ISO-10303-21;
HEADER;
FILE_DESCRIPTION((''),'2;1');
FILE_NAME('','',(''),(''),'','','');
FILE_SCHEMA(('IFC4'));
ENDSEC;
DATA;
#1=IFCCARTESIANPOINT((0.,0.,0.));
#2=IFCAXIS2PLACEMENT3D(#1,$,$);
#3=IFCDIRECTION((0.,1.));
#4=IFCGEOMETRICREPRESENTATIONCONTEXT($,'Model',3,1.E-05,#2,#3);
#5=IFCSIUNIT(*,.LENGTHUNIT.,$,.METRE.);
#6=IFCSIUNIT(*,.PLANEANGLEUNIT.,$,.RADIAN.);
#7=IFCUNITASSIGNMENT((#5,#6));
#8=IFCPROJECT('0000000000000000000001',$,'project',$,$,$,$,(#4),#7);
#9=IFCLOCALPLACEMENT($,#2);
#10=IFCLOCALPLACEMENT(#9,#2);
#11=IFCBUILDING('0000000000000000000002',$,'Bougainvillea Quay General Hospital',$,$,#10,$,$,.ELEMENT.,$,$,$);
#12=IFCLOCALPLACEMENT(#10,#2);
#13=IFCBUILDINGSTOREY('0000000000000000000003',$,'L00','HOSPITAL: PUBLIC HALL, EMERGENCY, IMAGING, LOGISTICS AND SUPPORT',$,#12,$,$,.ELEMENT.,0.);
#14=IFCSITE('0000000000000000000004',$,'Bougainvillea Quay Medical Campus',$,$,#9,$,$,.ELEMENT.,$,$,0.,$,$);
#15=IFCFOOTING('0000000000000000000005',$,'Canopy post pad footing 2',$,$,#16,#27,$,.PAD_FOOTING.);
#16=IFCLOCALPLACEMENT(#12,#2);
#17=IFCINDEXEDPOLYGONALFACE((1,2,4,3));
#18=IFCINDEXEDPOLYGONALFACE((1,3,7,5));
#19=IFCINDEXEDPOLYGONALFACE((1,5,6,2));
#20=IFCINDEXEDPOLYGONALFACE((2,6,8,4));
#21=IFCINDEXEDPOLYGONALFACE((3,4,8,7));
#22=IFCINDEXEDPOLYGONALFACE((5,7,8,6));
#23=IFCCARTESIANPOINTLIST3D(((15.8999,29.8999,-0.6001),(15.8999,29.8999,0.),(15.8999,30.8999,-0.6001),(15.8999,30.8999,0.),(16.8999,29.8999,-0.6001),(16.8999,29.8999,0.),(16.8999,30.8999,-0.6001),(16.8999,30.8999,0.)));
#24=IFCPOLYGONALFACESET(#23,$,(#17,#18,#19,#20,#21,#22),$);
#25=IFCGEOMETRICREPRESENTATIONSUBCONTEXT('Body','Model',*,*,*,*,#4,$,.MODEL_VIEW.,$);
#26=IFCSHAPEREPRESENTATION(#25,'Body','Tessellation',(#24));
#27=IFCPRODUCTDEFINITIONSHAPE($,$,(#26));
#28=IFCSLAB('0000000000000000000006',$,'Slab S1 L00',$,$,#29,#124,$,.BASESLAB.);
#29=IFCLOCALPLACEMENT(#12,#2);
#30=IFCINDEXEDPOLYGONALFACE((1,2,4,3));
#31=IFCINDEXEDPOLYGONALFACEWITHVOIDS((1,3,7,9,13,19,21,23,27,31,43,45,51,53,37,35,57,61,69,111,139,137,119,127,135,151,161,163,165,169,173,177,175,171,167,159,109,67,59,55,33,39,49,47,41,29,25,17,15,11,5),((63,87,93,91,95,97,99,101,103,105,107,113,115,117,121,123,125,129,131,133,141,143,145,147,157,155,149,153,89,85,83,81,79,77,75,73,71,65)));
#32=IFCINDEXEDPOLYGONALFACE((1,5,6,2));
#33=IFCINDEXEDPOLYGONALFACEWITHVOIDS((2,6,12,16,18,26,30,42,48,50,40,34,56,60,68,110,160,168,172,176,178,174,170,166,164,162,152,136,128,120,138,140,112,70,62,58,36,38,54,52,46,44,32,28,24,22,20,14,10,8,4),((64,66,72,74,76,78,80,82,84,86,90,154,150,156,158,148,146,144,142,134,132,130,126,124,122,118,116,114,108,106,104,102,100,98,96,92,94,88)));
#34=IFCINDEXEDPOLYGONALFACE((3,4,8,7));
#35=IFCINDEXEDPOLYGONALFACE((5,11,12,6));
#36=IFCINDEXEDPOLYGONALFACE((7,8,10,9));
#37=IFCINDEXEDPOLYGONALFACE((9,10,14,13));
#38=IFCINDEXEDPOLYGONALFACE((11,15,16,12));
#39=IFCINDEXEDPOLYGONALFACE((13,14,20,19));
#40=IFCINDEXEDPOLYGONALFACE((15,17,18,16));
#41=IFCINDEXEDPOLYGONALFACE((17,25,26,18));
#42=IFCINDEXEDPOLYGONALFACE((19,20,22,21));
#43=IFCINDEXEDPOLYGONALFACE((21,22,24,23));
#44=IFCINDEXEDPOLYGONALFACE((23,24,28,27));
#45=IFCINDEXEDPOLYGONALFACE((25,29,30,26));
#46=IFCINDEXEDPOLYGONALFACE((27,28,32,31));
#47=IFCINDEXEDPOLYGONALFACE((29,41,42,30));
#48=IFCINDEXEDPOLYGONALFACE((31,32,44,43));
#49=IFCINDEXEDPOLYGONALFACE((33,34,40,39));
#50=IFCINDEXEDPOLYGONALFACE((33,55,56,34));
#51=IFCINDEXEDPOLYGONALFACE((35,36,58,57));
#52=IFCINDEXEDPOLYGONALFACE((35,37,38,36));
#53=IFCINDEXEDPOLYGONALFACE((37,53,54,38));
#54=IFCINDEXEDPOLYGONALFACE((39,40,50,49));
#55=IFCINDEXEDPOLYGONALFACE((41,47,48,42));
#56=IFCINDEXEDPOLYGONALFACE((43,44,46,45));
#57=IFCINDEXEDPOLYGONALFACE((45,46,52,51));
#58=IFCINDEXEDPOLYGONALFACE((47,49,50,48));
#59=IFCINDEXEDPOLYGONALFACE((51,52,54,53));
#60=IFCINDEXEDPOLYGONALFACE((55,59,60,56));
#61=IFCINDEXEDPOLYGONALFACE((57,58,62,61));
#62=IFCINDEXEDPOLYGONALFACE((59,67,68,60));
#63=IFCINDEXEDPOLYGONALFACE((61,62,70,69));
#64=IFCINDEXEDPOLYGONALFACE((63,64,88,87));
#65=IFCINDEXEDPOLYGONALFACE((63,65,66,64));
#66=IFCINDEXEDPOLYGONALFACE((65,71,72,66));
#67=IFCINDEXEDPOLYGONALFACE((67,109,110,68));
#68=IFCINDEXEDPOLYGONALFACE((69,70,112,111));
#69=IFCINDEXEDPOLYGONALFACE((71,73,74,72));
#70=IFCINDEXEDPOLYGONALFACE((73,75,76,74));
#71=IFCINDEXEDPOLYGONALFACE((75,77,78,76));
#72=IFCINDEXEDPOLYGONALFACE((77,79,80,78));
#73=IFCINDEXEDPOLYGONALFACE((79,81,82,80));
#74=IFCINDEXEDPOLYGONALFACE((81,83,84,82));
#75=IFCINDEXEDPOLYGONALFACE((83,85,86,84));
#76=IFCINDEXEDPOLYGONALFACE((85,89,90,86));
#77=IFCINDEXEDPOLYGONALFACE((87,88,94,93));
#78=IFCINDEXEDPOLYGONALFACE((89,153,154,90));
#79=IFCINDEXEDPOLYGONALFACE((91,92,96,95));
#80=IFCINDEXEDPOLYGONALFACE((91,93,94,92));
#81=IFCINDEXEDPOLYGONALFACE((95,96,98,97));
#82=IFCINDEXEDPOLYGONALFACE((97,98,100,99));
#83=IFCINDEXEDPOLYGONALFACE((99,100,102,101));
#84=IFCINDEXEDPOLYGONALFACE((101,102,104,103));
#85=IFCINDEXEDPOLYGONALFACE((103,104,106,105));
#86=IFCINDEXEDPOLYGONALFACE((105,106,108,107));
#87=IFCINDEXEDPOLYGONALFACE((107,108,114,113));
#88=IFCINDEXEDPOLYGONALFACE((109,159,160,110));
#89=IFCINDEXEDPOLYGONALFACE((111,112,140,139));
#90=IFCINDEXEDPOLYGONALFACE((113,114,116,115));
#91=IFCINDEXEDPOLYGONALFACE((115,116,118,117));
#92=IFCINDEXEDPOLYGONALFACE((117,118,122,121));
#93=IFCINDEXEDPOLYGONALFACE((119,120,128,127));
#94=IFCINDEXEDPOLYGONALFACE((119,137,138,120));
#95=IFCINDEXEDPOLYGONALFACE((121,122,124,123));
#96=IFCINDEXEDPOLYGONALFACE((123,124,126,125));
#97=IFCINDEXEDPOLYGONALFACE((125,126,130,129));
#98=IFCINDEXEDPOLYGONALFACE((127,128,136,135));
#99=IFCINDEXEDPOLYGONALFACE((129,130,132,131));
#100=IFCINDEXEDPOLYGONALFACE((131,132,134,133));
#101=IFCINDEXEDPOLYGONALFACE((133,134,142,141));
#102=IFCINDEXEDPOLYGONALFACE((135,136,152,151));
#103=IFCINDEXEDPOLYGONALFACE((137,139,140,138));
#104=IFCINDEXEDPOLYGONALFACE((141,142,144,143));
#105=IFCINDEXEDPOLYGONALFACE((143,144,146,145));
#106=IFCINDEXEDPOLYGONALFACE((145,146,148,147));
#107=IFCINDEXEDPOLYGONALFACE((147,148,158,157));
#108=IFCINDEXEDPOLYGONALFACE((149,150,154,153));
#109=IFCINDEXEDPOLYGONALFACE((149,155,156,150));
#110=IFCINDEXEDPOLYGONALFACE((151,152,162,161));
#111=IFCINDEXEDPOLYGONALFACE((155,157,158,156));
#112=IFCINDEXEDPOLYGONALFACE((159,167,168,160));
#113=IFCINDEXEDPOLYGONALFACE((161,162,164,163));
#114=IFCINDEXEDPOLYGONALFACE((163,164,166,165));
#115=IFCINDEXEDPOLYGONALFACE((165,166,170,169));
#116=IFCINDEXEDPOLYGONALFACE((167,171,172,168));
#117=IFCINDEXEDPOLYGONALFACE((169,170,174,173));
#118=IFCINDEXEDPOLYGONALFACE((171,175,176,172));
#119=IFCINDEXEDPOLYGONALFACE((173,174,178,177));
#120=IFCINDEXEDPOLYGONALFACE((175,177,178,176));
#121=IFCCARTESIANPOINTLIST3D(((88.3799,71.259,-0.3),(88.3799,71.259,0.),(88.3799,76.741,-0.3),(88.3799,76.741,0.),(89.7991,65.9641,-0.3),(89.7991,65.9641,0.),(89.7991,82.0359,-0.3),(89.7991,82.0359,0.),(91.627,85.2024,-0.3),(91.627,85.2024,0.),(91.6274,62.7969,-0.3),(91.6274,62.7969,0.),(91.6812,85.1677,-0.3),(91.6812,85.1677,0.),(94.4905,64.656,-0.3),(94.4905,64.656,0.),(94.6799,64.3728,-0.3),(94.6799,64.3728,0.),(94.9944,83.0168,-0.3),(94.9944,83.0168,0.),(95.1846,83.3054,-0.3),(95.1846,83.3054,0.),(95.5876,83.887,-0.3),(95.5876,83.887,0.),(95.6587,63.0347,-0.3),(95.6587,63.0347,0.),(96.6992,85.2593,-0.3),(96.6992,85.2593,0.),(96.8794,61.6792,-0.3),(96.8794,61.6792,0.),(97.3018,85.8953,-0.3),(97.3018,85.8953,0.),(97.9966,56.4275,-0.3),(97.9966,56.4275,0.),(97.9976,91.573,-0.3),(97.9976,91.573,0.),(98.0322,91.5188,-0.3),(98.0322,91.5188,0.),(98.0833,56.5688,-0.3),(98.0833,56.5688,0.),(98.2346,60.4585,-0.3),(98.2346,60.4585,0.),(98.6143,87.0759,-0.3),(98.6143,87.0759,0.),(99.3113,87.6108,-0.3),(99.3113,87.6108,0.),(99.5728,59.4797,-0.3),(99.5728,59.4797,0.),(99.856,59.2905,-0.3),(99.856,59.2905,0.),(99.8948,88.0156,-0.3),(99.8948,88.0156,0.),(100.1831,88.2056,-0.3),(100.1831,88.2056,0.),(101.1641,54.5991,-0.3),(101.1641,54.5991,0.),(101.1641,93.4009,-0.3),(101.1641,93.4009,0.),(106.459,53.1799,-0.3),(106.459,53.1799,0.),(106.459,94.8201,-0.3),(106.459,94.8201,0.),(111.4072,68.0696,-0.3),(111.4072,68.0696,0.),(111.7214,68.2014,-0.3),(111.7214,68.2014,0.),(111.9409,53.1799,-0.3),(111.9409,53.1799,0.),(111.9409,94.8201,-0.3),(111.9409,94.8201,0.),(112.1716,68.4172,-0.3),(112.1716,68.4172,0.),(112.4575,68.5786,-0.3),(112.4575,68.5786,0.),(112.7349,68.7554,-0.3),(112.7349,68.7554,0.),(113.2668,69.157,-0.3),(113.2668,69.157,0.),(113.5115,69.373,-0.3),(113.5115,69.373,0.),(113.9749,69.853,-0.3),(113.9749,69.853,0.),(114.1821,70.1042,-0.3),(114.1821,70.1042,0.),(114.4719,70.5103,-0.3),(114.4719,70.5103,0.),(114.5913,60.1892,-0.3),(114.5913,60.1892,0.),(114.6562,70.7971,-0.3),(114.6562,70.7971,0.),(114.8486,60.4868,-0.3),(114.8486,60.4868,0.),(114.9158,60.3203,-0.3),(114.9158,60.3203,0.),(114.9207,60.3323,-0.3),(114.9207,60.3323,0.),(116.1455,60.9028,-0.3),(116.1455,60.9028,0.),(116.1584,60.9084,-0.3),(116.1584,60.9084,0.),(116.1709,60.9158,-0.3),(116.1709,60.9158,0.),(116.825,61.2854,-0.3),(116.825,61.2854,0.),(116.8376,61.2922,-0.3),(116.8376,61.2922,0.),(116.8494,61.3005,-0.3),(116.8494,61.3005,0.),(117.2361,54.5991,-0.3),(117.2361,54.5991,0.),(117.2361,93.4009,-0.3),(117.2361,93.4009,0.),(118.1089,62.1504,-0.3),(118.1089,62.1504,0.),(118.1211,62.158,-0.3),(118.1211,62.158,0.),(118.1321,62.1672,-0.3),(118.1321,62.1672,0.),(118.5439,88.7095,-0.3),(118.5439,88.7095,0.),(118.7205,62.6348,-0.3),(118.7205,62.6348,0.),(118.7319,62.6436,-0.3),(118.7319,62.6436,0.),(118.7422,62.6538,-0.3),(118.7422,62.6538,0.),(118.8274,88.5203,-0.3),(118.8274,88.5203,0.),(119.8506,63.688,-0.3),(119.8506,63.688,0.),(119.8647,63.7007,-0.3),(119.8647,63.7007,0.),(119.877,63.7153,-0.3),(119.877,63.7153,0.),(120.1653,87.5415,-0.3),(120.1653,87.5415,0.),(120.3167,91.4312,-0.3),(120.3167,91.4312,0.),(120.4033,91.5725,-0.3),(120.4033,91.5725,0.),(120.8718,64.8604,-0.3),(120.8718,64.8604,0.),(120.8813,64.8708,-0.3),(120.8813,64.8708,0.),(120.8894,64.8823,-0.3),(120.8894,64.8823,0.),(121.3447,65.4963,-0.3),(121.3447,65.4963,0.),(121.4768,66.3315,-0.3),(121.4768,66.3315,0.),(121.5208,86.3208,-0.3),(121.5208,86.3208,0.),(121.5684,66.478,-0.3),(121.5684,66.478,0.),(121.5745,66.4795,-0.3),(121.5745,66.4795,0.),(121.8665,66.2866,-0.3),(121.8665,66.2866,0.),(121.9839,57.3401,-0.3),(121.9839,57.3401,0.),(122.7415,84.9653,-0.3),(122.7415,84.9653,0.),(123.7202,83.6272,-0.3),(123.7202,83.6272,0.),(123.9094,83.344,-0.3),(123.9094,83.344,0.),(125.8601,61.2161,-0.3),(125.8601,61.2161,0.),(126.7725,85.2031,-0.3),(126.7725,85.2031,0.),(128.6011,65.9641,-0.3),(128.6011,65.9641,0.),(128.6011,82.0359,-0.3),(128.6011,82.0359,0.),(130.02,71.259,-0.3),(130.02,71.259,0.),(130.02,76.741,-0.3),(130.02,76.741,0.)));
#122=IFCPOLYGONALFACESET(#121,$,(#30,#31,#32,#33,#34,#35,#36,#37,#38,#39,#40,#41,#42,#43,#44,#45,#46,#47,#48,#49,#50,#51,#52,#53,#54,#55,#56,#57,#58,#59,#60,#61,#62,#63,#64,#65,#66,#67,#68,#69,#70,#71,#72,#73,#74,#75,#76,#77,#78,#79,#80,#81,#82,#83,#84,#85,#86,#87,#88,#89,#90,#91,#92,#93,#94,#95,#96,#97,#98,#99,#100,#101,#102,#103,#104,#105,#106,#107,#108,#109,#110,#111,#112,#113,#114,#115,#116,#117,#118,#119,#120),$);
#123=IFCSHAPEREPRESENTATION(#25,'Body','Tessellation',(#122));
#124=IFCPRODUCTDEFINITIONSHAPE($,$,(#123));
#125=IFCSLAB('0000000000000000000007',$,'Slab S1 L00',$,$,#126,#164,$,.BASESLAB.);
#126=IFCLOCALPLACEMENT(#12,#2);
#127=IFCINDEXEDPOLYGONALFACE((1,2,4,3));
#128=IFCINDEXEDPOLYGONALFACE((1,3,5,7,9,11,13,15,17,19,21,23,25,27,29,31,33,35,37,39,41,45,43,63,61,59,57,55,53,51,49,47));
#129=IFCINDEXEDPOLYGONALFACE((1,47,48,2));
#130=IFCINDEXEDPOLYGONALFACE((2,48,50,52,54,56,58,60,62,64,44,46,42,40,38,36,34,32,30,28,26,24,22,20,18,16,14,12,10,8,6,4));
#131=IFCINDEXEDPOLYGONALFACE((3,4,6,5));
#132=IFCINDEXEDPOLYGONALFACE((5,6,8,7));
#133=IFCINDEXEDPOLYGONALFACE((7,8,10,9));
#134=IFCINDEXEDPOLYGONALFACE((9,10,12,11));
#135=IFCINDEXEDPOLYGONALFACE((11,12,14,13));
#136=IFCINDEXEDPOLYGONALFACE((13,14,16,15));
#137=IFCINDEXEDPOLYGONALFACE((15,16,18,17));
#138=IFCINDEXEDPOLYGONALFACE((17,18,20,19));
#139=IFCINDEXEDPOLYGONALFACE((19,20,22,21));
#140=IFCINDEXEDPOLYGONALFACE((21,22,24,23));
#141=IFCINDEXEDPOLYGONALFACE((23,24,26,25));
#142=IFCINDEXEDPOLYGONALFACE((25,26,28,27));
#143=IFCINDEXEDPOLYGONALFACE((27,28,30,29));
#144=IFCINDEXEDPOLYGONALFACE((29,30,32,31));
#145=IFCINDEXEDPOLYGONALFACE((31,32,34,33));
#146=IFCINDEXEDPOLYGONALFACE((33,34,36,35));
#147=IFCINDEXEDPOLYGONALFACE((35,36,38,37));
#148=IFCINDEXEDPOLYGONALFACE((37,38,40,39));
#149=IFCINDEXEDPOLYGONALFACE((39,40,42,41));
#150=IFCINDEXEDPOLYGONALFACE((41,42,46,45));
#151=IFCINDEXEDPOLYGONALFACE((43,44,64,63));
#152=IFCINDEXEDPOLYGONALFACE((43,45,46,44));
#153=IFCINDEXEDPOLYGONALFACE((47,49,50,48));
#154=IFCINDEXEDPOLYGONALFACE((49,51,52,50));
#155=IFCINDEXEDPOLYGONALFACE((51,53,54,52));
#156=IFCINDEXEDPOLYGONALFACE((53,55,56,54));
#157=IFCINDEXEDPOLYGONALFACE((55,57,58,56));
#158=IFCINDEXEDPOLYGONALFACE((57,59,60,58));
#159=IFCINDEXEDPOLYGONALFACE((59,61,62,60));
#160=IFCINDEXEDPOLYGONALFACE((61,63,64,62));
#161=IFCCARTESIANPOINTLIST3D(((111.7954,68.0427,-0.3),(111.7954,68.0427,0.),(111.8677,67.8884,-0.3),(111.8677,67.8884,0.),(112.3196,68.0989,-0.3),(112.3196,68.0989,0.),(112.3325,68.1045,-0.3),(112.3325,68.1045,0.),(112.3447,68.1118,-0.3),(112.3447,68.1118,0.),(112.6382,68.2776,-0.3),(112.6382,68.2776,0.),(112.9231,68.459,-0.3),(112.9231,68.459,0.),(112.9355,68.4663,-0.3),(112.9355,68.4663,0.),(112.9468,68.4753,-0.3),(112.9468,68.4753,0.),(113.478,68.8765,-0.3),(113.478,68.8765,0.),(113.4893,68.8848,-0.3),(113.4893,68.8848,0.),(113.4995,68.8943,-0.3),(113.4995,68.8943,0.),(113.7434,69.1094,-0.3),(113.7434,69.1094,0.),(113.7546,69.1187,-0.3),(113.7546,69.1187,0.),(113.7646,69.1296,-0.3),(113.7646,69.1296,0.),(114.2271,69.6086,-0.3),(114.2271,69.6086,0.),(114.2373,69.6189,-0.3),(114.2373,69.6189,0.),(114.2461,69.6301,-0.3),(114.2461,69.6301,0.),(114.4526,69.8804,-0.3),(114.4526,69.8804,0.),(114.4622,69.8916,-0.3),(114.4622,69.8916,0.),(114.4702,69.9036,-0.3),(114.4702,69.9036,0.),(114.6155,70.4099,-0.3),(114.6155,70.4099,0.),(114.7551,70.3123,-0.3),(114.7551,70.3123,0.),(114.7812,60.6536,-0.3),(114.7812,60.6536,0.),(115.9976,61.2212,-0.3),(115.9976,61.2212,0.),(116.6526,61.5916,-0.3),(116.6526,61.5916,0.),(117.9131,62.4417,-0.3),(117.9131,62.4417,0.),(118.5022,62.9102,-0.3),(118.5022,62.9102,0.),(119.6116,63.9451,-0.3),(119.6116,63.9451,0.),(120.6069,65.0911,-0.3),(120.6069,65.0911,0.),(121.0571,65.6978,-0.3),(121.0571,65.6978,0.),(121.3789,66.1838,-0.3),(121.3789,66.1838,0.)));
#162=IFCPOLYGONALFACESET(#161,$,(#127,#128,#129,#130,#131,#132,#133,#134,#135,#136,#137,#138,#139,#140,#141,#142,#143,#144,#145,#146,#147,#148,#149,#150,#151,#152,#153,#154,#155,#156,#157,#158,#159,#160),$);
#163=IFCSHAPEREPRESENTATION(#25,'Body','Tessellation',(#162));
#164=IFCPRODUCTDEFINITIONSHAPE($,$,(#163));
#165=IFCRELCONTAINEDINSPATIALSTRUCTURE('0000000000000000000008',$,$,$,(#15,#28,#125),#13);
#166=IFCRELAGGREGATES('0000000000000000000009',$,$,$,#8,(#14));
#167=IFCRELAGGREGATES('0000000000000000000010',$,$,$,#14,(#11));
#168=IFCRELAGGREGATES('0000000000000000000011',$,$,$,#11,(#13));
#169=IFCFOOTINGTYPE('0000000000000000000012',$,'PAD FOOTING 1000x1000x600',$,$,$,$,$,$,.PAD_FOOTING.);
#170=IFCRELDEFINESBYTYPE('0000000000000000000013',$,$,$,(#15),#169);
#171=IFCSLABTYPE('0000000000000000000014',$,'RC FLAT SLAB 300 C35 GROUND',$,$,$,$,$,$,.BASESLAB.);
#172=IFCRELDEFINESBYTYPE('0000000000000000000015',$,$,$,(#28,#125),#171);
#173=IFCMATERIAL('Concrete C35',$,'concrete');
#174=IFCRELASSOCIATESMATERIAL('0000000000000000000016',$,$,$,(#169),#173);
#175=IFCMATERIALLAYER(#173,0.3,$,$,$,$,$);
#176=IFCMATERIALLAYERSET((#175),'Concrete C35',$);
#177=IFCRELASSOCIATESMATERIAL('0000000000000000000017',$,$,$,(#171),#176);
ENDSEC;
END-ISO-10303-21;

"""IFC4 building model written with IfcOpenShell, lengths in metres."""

from ifc_helpers import new_model, si_unit, direction, frame, origin, place, context, subcontext, project, spatial, polyline, outline, extrude, material, layer, layer_set, type_object, element, save


model = new_model("IFC4")

# Units and contexts
model_context = context("Model", 3, precision=1e-05, world=origin(), true_north=direction((0.0, 1.0)))
body_context = subcontext(model_context, "Body", "Model", "MODEL_VIEW")
ifc_project = project(units=[si_unit("LENGTHUNIT", "METRE"), si_unit("PLANEANGLEUNIT", "RADIAN")], contexts=[model_context])

# Site, building, storey
site_placement = place(None, origin())
site = spatial("IfcSite", under=ifc_project, at=site_placement, Name="Bougainvillea Quay Medical Campus", CompositionType="ELEMENT", RefElevation=0.0)
building_placement = place(site_placement, origin())
building = spatial("IfcBuilding", under=site, at=building_placement, Name="Bougainvillea Quay General Hospital", CompositionType="ELEMENT")
storey_placement = place(building_placement, origin())
storey = spatial("IfcBuildingStorey", under=building, at=storey_placement, Name="L00", Description="HOSPITAL: PUBLIC HALL, EMERGENCY, IMAGING, LOGISTICS AND SUPPORT", CompositionType="ELEMENT", Elevation=0.0)

# Footing
ifc_material = material(Name="Concrete C35", Category="concrete")
footing_type = type_object("IfcFootingType", Name="PAD FOOTING 1000x1000x600", PredefinedType="PAD_FOOTING", material=ifc_material)
footing_placement = place(storey_placement, frame((0.0, 0.0, -0.6001)))
element("IfcFooting", 1, at=footing_placement, inside=storey, type_object=footing_type, Name="Canopy post pad footing 2", PredefinedType="PAD_FOOTING", context=body_context, shape_type="SweptSolid", body=[
    extrude(outline(polyline([(15.8999, 29.8999), (16.8999, 29.8999), (16.8999, 30.8999), (15.8999, 30.8999), (15.8999, 29.8999)])), origin(), (0.0, 0.0, 1.0), 0.6001),
])

# Slabs
ifc_layer = layer(ifc_material, 0.3)
ifc_layer_set = layer_set([ifc_layer], Name="Concrete C35")
slab_type = type_object("IfcSlabType", Name="RC FLAT SLAB 300 C35 GROUND", PredefinedType="BASESLAB", material=ifc_layer_set)
slab_1_placement = place(storey_placement, frame((0.0, 0.0, -0.3)))
element("IfcSlab", 2, at=slab_1_placement, inside=storey, type_object=slab_type, Name="Slab S1 L00", PredefinedType="BASESLAB", context=body_context, shape_type="SweptSolid", body=[
    extrude(outline(polyline([(128.6011, 65.9641), (130.02, 71.259), (130.02, 76.741), (128.6011, 82.0359), (126.7725, 85.2031), (123.9094, 83.344), (123.7202, 83.6272), (122.7415, 84.9653), (121.5208, 86.3208), (120.1653, 87.5415), (118.8274, 88.5203), (118.5439, 88.7095), (120.3167, 91.4312), (120.4033, 91.5725), (117.2361, 93.4009), (111.9409, 94.8201), (106.459, 94.8201), (101.1641, 93.4009), (97.9976, 91.573), (98.0322, 91.5188), (100.1831, 88.2056), (99.8948, 88.0156), (99.3113, 87.6108), (98.6143, 87.0759), (97.3018, 85.8953), (96.6992, 85.2593), (95.5876, 83.887), (95.1846, 83.3054), (94.9944, 83.0168), (91.6812, 85.1677), (91.627, 85.2024), (89.7991, 82.0359), (88.3799, 76.741), (88.3799, 71.259), (89.7991, 65.9641), (91.6274, 62.7969), (94.4905, 64.656), (94.6799, 64.3728), (95.6587, 63.0347), (96.8794, 61.6792), (98.2346, 60.4585), (99.5728, 59.4797), (99.856, 59.2905), (98.0833, 56.5688), (97.9966, 56.4275), (101.1641, 54.5991), (106.459, 53.1799), (111.9409, 53.1799), (117.2361, 54.5991), (121.9839, 57.3401), (125.8601, 61.2161), (128.6011, 65.9641)]), holes=[polyline([(112.1716, 68.4172), (112.4575, 68.5786), (112.7349, 68.7554), (113.2668, 69.157), (113.5115, 69.373), (113.9749, 69.853), (114.1821, 70.1042), (114.4719, 70.5103), (114.6562, 70.7971), (121.5684, 66.478), (121.4768, 66.3315), (121.5745, 66.4795), (121.8665, 66.2866), (121.3447, 65.4963), (120.8894, 64.8823), (120.8813, 64.8708), (120.8718, 64.8604), (119.877, 63.7153), (119.8647, 63.7007), (119.8506, 63.688), (118.7422, 62.6538), (118.7319, 62.6436), (118.7205, 62.6348), (118.1321, 62.1672), (118.1211, 62.158), (118.1089, 62.1504), (116.8494, 61.3005), (116.8376, 61.2922), (116.825, 61.2854), (116.1709, 60.9158), (116.1584, 60.9084), (116.1455, 60.9028), (114.9207, 60.3323), (114.8486, 60.4868), (114.9158, 60.3203), (114.5913, 60.1892), (111.4072, 68.0696), (111.7214, 68.2014), (112.1716, 68.4172)])]), origin(), (0.0, 0.0, 1.0), 0.3),
])
slab_2_placement = place(storey_placement, frame((0.0, 0.0, -0.3)))
element("IfcSlab", 3, at=slab_2_placement, inside=storey, type_object=slab_type, Name="Slab S1 L00", PredefinedType="BASESLAB", context=body_context, shape_type="SweptSolid", body=[
    extrude(outline(polyline([(112.6382, 68.2776), (112.3447, 68.1118), (112.3325, 68.1045), (112.3196, 68.0989), (111.8677, 67.8884), (111.7954, 68.0427), (114.7812, 60.6536), (115.9976, 61.2212), (116.6526, 61.5916), (117.9131, 62.4417), (118.5022, 62.9102), (119.6116, 63.9451), (120.6069, 65.0911), (121.0571, 65.6978), (121.3789, 66.1838), (114.6155, 70.4099), (114.7551, 70.3123), (114.4702, 69.9036), (114.4622, 69.8916), (114.4526, 69.8804), (114.2461, 69.6301), (114.2373, 69.6189), (114.2271, 69.6086), (113.7646, 69.1296), (113.7546, 69.1187), (113.7434, 69.1094), (113.4995, 68.8943), (113.4893, 68.8848), (113.478, 68.8765), (112.9468, 68.4753), (112.9355, 68.4663), (112.9231, 68.459), (112.6382, 68.2776)])), origin(), (0.0, 0.0, 1.0), 0.3),
])

save(model, "model.ifc")
